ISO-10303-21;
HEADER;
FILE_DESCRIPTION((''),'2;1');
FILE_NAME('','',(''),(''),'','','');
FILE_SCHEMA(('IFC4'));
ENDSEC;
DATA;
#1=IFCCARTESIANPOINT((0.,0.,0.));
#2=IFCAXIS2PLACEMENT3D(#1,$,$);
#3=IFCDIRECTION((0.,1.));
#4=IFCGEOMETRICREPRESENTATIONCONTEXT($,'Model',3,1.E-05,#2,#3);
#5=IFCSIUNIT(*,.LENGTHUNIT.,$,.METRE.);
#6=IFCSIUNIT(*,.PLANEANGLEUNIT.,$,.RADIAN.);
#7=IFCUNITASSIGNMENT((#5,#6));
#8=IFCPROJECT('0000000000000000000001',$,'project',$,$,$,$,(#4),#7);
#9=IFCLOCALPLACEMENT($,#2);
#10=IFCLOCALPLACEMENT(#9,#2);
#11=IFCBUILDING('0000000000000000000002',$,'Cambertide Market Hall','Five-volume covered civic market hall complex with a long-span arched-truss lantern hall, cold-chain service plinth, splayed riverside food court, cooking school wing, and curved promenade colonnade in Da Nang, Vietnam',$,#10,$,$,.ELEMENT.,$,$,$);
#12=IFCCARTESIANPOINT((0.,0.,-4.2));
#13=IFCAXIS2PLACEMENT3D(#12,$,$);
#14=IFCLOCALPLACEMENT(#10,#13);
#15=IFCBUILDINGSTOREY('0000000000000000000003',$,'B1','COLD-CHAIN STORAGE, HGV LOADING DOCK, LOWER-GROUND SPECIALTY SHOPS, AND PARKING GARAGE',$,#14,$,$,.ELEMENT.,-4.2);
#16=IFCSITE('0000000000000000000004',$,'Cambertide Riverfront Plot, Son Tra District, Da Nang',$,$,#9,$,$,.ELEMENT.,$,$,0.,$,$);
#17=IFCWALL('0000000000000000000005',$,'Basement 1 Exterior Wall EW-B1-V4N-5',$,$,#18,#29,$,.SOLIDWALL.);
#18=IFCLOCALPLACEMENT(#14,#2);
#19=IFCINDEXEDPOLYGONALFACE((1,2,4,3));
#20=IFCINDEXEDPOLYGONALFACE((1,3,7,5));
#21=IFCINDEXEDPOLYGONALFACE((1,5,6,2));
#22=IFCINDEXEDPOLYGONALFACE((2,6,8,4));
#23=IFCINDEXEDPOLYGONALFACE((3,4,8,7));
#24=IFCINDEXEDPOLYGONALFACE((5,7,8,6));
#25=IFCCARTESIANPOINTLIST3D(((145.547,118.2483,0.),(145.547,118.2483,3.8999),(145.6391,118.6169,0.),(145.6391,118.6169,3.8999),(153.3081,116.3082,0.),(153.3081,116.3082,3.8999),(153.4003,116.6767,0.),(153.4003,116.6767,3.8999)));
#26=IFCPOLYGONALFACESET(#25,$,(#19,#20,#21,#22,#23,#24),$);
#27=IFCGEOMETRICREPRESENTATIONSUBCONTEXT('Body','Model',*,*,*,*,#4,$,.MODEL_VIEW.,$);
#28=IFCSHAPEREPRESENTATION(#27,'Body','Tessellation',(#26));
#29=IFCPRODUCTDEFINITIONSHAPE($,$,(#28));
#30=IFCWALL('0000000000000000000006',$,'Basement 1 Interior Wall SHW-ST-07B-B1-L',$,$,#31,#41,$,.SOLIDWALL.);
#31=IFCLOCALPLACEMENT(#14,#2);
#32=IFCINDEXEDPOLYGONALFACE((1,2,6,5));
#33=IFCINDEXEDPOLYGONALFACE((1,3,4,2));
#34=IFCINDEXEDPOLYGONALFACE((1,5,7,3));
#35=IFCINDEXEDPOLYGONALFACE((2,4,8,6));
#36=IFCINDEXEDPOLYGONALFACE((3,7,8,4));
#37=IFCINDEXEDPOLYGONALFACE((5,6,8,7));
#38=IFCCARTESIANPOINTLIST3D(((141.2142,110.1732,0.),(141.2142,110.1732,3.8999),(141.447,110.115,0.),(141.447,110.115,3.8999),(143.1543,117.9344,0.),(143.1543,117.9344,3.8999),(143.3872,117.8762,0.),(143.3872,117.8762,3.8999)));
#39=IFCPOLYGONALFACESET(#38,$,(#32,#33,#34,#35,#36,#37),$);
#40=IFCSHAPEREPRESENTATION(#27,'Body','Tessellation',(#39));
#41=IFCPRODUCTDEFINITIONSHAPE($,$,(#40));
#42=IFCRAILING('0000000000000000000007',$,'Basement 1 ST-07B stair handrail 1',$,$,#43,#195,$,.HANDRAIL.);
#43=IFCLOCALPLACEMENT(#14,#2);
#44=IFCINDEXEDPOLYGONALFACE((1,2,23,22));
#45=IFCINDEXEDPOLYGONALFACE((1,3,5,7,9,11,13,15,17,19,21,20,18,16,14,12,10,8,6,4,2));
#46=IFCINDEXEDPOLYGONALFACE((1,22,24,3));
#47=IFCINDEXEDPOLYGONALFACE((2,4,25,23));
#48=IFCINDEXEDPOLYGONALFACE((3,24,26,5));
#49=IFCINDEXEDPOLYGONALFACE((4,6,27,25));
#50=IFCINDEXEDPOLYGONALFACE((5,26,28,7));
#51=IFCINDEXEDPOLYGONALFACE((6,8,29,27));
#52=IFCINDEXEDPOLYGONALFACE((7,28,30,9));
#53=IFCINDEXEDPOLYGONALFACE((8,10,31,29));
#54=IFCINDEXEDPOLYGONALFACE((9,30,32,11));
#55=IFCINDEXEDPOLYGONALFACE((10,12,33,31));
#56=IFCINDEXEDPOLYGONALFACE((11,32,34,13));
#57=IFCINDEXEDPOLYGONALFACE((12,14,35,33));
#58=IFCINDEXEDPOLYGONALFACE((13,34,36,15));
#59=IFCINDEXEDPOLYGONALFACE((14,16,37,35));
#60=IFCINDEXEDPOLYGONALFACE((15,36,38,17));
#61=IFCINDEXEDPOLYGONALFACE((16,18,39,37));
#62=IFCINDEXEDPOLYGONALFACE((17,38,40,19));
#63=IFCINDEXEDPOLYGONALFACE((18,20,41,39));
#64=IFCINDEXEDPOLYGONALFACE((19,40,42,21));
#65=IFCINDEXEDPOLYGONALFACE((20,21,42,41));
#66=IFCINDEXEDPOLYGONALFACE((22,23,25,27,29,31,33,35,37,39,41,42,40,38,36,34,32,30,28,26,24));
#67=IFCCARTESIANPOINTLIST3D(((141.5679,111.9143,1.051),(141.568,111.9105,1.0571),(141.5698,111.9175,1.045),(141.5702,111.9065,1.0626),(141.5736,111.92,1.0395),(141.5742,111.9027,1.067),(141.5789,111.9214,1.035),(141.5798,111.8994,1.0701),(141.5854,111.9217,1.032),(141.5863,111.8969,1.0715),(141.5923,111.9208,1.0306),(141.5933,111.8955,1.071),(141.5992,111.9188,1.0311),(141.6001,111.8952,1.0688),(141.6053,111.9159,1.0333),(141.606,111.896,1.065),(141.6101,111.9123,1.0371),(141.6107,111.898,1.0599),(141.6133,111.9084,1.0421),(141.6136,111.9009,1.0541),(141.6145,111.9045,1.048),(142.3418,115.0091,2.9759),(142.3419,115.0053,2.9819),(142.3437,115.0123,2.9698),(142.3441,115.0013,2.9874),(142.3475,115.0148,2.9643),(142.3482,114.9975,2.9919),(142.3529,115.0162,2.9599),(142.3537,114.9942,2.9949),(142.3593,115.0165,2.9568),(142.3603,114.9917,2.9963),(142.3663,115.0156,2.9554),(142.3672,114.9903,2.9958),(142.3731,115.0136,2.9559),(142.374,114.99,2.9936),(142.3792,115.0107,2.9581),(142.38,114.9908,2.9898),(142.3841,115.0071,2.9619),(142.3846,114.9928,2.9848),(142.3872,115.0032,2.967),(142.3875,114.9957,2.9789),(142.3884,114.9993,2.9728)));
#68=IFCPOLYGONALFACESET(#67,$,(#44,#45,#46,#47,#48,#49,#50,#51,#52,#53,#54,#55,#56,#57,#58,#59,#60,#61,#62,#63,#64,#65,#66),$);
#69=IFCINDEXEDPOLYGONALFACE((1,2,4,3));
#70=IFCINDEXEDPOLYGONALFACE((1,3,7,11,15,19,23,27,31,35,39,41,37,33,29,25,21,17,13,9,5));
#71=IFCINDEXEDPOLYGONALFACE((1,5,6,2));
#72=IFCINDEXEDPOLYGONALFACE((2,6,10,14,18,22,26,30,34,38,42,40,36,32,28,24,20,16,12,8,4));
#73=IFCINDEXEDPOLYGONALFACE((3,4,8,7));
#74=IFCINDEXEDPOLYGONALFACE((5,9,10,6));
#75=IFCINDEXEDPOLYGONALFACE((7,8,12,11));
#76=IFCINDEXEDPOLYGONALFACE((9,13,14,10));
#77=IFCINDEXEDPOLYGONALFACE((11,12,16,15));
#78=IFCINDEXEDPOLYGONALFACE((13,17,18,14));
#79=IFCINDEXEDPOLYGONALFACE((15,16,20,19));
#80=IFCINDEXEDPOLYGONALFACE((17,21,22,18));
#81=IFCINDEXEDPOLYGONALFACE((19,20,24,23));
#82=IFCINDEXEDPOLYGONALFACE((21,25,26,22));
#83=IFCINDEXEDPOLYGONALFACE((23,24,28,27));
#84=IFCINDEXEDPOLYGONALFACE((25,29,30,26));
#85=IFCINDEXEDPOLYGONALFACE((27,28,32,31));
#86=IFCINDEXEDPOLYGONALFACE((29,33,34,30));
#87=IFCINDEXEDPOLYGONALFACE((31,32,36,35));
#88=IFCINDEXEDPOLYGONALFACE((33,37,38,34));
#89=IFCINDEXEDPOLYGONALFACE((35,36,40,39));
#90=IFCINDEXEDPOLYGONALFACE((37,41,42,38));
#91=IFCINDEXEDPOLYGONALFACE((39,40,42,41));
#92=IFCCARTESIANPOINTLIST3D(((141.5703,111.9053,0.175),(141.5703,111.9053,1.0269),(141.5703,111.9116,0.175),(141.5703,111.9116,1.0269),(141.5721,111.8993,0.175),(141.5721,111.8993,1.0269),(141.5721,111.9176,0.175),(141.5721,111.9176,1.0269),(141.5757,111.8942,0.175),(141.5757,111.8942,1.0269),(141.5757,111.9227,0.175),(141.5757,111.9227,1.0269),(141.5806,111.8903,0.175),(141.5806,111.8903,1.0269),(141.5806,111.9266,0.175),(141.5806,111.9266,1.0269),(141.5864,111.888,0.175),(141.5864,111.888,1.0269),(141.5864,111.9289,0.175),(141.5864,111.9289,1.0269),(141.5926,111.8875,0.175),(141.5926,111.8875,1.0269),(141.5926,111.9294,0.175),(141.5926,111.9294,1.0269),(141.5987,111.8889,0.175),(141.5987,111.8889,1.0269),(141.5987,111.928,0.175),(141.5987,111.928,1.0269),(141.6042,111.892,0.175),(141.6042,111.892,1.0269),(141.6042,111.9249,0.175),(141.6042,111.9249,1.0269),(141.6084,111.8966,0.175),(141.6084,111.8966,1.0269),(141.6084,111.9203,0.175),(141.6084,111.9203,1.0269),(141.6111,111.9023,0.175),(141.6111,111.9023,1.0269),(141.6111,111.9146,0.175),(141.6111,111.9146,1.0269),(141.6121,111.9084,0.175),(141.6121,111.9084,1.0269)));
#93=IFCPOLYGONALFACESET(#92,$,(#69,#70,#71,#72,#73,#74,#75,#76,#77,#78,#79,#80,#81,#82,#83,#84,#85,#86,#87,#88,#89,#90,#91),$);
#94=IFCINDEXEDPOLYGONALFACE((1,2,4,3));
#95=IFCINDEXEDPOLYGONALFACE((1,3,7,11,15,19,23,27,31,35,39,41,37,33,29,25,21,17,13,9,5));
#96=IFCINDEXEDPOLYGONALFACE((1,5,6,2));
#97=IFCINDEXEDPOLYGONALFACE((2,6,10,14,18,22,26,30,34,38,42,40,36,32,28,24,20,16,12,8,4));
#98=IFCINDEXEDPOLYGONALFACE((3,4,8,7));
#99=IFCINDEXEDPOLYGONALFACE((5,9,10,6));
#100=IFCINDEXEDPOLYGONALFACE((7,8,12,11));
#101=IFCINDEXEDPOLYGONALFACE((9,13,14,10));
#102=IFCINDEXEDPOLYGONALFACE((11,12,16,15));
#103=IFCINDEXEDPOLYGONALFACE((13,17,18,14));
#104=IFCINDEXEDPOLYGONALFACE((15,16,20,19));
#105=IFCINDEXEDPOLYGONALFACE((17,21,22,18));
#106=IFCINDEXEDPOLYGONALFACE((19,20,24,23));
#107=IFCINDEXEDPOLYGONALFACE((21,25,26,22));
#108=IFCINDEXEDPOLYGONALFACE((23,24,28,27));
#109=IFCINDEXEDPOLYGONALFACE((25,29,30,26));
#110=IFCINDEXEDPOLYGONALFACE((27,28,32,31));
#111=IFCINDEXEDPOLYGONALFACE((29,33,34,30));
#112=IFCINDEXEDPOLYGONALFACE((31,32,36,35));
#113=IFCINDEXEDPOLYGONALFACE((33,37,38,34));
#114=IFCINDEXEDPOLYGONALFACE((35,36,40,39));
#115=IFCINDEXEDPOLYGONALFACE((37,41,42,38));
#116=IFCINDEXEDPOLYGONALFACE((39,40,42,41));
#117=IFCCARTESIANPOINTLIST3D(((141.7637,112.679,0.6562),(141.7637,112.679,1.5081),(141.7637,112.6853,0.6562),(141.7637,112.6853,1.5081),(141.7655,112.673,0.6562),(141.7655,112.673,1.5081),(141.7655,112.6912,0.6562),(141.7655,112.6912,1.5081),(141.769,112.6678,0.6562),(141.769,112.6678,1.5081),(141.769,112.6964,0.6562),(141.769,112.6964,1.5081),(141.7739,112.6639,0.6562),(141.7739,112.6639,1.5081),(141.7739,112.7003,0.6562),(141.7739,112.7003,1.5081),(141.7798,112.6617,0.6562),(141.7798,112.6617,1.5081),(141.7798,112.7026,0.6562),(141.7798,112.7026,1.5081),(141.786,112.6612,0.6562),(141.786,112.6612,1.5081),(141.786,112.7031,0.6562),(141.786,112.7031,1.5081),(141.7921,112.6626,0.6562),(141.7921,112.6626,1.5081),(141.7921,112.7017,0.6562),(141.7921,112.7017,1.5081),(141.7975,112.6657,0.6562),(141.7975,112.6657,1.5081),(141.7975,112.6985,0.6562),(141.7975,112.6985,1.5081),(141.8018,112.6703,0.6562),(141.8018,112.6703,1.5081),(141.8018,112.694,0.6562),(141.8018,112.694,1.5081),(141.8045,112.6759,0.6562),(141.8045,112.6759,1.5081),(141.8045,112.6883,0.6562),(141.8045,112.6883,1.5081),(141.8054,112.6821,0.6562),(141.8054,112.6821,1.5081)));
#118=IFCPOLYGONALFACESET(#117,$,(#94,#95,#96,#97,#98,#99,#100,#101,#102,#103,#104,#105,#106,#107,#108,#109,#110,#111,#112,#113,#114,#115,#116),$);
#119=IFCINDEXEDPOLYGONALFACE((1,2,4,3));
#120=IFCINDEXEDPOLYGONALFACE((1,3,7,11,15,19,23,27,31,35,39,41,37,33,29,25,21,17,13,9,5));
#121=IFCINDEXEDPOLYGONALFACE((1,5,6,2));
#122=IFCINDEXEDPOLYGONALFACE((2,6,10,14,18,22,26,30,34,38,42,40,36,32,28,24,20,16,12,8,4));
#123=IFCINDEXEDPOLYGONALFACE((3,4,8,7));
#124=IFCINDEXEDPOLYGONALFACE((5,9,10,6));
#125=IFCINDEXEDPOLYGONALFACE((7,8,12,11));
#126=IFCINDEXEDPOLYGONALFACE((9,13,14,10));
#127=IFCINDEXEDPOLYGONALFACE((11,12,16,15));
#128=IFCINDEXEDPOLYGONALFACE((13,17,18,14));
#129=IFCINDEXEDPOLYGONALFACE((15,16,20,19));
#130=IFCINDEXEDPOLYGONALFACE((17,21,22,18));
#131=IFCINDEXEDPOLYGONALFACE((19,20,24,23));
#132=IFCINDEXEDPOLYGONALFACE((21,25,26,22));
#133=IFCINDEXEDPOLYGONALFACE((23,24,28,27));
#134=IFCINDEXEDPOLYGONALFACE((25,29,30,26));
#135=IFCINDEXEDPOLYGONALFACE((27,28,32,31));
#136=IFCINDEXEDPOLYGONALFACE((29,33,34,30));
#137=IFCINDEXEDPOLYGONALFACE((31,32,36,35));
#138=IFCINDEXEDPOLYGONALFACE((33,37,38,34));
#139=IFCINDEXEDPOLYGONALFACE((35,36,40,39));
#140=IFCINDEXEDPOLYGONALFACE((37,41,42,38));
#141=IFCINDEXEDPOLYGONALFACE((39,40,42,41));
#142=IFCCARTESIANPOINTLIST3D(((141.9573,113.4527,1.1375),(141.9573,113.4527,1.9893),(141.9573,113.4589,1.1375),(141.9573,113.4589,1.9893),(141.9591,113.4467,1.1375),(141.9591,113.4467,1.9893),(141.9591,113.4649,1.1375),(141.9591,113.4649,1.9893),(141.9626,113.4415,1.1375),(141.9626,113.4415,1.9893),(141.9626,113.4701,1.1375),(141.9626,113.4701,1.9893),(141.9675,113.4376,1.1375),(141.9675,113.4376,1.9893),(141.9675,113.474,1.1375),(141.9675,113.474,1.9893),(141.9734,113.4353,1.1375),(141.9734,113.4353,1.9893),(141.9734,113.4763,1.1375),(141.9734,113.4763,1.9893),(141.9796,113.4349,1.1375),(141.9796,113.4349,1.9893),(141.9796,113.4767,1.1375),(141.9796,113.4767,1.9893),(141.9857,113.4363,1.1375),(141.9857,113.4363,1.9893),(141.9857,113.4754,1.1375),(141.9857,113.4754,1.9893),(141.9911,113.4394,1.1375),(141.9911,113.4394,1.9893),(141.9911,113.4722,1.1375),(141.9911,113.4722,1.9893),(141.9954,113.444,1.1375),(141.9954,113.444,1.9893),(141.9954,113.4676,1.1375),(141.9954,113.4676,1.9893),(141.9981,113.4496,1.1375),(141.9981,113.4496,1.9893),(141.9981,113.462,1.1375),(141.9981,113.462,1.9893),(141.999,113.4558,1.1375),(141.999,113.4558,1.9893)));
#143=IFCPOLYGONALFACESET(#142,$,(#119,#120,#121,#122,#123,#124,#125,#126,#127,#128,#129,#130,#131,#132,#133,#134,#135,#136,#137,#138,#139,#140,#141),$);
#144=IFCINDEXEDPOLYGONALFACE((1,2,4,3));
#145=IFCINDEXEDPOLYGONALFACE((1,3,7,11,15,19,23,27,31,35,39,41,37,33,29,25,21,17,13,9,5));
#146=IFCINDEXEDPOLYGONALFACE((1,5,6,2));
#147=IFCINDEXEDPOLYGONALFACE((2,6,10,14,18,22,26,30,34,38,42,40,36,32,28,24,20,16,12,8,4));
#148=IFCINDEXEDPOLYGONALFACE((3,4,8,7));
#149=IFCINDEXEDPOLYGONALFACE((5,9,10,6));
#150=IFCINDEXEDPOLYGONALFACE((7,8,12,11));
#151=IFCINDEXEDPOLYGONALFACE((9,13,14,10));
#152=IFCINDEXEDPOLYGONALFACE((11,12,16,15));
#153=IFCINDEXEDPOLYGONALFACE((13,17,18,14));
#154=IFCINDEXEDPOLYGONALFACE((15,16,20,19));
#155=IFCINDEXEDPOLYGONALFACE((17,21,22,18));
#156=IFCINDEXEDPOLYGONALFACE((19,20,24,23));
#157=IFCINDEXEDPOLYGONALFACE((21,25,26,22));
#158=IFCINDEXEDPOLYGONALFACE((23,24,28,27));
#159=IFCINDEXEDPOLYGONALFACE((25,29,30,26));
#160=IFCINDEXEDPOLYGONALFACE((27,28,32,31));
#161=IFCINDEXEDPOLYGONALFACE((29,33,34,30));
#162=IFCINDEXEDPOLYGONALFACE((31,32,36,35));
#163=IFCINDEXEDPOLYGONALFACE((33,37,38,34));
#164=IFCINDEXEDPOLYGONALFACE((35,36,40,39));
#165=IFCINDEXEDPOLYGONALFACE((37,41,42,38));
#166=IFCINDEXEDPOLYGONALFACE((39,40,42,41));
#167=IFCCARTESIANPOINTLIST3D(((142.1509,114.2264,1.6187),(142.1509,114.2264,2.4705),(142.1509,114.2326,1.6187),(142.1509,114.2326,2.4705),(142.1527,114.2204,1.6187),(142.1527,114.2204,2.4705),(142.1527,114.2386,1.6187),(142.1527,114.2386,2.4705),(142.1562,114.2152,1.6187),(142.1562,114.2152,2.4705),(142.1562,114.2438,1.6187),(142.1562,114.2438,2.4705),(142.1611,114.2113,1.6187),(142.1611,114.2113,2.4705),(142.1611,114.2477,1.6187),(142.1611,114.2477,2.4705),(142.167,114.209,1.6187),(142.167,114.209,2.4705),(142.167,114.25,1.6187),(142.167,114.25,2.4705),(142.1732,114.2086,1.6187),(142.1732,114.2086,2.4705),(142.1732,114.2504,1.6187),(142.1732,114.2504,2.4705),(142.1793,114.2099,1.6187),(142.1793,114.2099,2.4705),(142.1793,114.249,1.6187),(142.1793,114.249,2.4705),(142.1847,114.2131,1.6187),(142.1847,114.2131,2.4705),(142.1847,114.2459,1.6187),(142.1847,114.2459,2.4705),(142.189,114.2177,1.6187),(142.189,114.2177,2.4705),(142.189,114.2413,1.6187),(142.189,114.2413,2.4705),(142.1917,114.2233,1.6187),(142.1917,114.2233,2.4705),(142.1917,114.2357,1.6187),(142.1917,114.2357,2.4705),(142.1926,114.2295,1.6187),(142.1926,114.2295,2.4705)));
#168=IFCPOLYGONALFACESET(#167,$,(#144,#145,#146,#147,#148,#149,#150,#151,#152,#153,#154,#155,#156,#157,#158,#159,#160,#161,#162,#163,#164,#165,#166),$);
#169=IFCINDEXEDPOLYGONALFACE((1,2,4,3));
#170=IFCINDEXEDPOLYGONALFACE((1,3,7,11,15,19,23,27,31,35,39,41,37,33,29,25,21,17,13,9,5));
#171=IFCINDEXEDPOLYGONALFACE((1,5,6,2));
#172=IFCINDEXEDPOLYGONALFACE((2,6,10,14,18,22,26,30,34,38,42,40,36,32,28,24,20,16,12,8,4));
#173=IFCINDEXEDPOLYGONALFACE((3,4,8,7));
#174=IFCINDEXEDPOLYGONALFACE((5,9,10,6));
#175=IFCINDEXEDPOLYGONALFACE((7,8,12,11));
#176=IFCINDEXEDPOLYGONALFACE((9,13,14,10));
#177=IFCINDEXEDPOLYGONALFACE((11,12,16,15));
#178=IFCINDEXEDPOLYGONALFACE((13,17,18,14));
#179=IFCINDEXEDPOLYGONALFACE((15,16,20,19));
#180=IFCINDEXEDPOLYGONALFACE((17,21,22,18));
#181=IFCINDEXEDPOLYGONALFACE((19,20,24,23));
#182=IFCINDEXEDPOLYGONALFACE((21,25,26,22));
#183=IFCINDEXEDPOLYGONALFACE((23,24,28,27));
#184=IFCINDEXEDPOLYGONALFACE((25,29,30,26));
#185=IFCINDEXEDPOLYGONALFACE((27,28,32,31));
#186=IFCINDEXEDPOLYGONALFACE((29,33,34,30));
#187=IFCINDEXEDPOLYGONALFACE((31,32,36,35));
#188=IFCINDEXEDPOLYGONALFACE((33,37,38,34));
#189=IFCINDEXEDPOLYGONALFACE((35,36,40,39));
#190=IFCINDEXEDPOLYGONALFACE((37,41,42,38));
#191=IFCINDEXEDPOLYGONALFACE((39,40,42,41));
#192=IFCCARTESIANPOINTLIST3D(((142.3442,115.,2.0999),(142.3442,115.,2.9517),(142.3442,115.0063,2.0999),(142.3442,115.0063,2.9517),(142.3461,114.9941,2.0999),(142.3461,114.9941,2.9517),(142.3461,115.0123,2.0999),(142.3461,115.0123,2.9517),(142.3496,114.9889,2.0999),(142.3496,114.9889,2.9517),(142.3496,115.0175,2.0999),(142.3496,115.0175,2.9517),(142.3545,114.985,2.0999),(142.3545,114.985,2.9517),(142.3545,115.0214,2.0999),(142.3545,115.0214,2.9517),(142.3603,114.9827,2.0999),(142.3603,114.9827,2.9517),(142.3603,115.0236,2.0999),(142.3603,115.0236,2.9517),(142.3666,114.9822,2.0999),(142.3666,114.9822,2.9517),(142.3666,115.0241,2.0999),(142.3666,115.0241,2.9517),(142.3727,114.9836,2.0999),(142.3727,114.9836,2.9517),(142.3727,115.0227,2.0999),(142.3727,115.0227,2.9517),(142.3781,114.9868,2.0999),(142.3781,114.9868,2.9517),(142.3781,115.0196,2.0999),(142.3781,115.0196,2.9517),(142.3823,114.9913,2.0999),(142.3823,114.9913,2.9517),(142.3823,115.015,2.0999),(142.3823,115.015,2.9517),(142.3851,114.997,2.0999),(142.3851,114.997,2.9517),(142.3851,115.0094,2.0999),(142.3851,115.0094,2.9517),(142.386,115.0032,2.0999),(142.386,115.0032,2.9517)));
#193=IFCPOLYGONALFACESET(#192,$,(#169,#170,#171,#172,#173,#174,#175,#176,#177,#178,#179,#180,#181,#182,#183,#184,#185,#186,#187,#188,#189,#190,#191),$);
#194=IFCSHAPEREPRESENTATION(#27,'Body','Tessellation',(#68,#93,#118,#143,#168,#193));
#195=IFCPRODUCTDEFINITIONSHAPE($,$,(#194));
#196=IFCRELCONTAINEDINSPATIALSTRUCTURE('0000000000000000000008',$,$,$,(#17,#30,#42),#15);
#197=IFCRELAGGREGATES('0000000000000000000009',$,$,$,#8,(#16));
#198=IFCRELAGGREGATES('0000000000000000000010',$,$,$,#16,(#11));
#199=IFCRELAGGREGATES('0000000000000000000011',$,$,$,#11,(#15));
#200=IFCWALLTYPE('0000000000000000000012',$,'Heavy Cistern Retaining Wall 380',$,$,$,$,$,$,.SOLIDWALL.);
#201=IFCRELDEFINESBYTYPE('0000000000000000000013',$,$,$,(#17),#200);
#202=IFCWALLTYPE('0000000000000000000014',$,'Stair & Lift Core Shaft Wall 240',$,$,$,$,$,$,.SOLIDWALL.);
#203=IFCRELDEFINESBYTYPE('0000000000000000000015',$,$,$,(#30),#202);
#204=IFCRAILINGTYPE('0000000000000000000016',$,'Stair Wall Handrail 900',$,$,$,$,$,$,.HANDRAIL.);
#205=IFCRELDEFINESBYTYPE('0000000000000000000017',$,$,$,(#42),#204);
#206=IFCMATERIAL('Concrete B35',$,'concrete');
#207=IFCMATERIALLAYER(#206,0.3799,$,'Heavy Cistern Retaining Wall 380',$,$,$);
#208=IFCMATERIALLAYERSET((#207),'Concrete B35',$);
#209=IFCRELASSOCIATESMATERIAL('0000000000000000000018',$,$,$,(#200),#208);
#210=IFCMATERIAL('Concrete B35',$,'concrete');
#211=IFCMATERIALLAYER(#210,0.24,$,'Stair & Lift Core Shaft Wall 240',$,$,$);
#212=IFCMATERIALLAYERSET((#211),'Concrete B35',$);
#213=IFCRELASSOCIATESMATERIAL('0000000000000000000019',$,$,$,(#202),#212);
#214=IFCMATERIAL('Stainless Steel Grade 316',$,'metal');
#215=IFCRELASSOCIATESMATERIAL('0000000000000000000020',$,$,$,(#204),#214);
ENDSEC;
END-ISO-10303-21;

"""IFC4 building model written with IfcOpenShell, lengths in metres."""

from ifc_helpers import new_model, si_unit, direction, frame, frame_2d, origin, origin_2d, place, context, subcontext, project, spatial, rectangle, circle, extrude, material, layer, layer_set, type_object, element, save


model = new_model("IFC4")

# Units and contexts
model_context = context("Model", 3, precision=1e-05, world=origin(), true_north=direction((0.0, 1.0)))
body_context = subcontext(model_context, "Body", "Model", "MODEL_VIEW")
ifc_project = project(units=[si_unit("LENGTHUNIT", "METRE"), si_unit("PLANEANGLEUNIT", "RADIAN")], contexts=[model_context])

# Site, building, storey
site_placement = place(None, origin())
site = spatial("IfcSite", under=ifc_project, at=site_placement, Name="Cambertide Riverfront Plot, Son Tra District, Da Nang", CompositionType="ELEMENT", RefElevation=0.0)
building_placement = place(site_placement, origin())
building = spatial("IfcBuilding", under=site, at=building_placement, Name="Cambertide Market Hall", Description="Five-volume covered civic market hall complex with a long-span arched-truss lantern hall, cold-chain service plinth, splayed riverside food court, cooking school wing, and curved promenade colonnade in Da Nang, Vietnam", CompositionType="ELEMENT")
storey_placement = place(building_placement, frame((0.0, 0.0, -4.2)))
storey = spatial("IfcBuildingStorey", under=building, at=storey_placement, Name="B1", Description="COLD-CHAIN STORAGE, HGV LOADING DOCK, LOWER-GROUND SPECIALTY SHOPS, AND PARKING GARAGE", CompositionType="ELEMENT", Elevation=-4.2)

# Wall
ifc_material_1 = material(Name="Concrete B35", Category="concrete")
ifc_layer_1 = layer(ifc_material_1, 0.3799, Name="Heavy Cistern Retaining Wall 380")
ifc_layer_set_1 = layer_set([ifc_layer_1], Name="Concrete B35")
wall_type_1 = type_object("IfcWallType", Name="Heavy Cistern Retaining Wall 380", PredefinedType="SOLIDWALL", material=ifc_layer_set_1)
wall_1_placement = place(storey_placement, frame((145.593, 118.4326, 0.0), z_axis=(0.0, 0.0, 1.0), x_axis=(0.970146, -0.242521, 0.0)))
element("IfcWall", 1, at=wall_1_placement, inside=storey, type_object=wall_type_1, Name="Basement 1 Exterior Wall EW-B1-V4N-5", PredefinedType="SOLIDWALL", context=body_context, shape_type="SweptSolid", body=[
    extrude(rectangle(XDim=8.0, YDim=0.3799, at=frame_2d((4.0, 0.0))), origin(), (0.0, 0.0, 1.0), 3.8999),
])

# Shared definitions
ifc_material_2 = material(Name="Concrete B35", Category="concrete")
ifc_layer_2 = layer(ifc_material_2, 0.24, Name="Stair & Lift Core Shaft Wall 240")
ifc_layer_set_2 = layer_set([ifc_layer_2], Name="Concrete B35")
wall_type_2 = type_object("IfcWallType", Name="Stair & Lift Core Shaft Wall 240", PredefinedType="SOLIDWALL", material=ifc_layer_set_2)

# Wall
wall_2_placement = place(storey_placement, frame((143.2708, 117.9053, 0.0), z_axis=(0.0, 0.0, 1.0), x_axis=(-0.242521, -0.970146, 0.0)))
element("IfcWall", 2, at=wall_2_placement, inside=storey, type_object=wall_type_2, Name="Basement 1 Interior Wall SHW-ST-07B-B1-L", PredefinedType="SOLIDWALL", context=body_context, shape_type="SweptSolid", body=[
    extrude(rectangle(XDim=8.0, YDim=0.24, at=frame_2d((4.0, 0.0))), origin(), (0.0, 0.0, 1.0), 3.8999),
])

# Railing
ifc_material_3 = material(Name="Stainless Steel Grade 316", Category="metal")
railing_type_1 = type_object("IfcRailingType", Name="Stair Wall Handrail 900", PredefinedType="HANDRAIL", material=ifc_material_3)
railing_1_placement = place(storey_placement, frame((141.5911, 111.9084, 0.175)))
element("IfcRailing", 3, at=railing_1_placement, inside=storey, type_object=railing_type_1, Name="Basement 1 ST-07B stair handrail 1", PredefinedType="HANDRAIL", context=body_context, shape_type="SweptSolid", body=[
    extrude(circle(Radius=0.0239, at=origin_2d()), frame((0.0, 0.0, 0.876), z_axis=(0.207724, 0.830633, 0.516623), x_axis=(-0.970124, 0.242608, 0.0)), (0.0, 0.0, 1.0), 3.7258),
    extrude(circle(Radius=0.021, at=origin_2d()), origin(), (0.0, 0.0, 1.0), 0.8518),
    extrude(circle(Radius=0.021, at=origin_2d()), frame((0.1934, 0.7737, 0.4812)), (0.0, 0.0, 1.0), 0.8518),
    extrude(circle(Radius=0.021, at=origin_2d()), frame((0.387, 1.5474, 0.9624)), (0.0, 0.0, 1.0), 0.8518),
    extrude(circle(Radius=0.021, at=origin_2d()), frame((0.5806, 2.321, 1.4436)), (0.0, 0.0, 1.0), 0.8518),
    extrude(circle(Radius=0.021, at=origin_2d()), frame((0.7739, 3.0947, 1.9248)), (0.0, 0.0, 1.0), 0.8518),
])

save(model, "model.ifc")
